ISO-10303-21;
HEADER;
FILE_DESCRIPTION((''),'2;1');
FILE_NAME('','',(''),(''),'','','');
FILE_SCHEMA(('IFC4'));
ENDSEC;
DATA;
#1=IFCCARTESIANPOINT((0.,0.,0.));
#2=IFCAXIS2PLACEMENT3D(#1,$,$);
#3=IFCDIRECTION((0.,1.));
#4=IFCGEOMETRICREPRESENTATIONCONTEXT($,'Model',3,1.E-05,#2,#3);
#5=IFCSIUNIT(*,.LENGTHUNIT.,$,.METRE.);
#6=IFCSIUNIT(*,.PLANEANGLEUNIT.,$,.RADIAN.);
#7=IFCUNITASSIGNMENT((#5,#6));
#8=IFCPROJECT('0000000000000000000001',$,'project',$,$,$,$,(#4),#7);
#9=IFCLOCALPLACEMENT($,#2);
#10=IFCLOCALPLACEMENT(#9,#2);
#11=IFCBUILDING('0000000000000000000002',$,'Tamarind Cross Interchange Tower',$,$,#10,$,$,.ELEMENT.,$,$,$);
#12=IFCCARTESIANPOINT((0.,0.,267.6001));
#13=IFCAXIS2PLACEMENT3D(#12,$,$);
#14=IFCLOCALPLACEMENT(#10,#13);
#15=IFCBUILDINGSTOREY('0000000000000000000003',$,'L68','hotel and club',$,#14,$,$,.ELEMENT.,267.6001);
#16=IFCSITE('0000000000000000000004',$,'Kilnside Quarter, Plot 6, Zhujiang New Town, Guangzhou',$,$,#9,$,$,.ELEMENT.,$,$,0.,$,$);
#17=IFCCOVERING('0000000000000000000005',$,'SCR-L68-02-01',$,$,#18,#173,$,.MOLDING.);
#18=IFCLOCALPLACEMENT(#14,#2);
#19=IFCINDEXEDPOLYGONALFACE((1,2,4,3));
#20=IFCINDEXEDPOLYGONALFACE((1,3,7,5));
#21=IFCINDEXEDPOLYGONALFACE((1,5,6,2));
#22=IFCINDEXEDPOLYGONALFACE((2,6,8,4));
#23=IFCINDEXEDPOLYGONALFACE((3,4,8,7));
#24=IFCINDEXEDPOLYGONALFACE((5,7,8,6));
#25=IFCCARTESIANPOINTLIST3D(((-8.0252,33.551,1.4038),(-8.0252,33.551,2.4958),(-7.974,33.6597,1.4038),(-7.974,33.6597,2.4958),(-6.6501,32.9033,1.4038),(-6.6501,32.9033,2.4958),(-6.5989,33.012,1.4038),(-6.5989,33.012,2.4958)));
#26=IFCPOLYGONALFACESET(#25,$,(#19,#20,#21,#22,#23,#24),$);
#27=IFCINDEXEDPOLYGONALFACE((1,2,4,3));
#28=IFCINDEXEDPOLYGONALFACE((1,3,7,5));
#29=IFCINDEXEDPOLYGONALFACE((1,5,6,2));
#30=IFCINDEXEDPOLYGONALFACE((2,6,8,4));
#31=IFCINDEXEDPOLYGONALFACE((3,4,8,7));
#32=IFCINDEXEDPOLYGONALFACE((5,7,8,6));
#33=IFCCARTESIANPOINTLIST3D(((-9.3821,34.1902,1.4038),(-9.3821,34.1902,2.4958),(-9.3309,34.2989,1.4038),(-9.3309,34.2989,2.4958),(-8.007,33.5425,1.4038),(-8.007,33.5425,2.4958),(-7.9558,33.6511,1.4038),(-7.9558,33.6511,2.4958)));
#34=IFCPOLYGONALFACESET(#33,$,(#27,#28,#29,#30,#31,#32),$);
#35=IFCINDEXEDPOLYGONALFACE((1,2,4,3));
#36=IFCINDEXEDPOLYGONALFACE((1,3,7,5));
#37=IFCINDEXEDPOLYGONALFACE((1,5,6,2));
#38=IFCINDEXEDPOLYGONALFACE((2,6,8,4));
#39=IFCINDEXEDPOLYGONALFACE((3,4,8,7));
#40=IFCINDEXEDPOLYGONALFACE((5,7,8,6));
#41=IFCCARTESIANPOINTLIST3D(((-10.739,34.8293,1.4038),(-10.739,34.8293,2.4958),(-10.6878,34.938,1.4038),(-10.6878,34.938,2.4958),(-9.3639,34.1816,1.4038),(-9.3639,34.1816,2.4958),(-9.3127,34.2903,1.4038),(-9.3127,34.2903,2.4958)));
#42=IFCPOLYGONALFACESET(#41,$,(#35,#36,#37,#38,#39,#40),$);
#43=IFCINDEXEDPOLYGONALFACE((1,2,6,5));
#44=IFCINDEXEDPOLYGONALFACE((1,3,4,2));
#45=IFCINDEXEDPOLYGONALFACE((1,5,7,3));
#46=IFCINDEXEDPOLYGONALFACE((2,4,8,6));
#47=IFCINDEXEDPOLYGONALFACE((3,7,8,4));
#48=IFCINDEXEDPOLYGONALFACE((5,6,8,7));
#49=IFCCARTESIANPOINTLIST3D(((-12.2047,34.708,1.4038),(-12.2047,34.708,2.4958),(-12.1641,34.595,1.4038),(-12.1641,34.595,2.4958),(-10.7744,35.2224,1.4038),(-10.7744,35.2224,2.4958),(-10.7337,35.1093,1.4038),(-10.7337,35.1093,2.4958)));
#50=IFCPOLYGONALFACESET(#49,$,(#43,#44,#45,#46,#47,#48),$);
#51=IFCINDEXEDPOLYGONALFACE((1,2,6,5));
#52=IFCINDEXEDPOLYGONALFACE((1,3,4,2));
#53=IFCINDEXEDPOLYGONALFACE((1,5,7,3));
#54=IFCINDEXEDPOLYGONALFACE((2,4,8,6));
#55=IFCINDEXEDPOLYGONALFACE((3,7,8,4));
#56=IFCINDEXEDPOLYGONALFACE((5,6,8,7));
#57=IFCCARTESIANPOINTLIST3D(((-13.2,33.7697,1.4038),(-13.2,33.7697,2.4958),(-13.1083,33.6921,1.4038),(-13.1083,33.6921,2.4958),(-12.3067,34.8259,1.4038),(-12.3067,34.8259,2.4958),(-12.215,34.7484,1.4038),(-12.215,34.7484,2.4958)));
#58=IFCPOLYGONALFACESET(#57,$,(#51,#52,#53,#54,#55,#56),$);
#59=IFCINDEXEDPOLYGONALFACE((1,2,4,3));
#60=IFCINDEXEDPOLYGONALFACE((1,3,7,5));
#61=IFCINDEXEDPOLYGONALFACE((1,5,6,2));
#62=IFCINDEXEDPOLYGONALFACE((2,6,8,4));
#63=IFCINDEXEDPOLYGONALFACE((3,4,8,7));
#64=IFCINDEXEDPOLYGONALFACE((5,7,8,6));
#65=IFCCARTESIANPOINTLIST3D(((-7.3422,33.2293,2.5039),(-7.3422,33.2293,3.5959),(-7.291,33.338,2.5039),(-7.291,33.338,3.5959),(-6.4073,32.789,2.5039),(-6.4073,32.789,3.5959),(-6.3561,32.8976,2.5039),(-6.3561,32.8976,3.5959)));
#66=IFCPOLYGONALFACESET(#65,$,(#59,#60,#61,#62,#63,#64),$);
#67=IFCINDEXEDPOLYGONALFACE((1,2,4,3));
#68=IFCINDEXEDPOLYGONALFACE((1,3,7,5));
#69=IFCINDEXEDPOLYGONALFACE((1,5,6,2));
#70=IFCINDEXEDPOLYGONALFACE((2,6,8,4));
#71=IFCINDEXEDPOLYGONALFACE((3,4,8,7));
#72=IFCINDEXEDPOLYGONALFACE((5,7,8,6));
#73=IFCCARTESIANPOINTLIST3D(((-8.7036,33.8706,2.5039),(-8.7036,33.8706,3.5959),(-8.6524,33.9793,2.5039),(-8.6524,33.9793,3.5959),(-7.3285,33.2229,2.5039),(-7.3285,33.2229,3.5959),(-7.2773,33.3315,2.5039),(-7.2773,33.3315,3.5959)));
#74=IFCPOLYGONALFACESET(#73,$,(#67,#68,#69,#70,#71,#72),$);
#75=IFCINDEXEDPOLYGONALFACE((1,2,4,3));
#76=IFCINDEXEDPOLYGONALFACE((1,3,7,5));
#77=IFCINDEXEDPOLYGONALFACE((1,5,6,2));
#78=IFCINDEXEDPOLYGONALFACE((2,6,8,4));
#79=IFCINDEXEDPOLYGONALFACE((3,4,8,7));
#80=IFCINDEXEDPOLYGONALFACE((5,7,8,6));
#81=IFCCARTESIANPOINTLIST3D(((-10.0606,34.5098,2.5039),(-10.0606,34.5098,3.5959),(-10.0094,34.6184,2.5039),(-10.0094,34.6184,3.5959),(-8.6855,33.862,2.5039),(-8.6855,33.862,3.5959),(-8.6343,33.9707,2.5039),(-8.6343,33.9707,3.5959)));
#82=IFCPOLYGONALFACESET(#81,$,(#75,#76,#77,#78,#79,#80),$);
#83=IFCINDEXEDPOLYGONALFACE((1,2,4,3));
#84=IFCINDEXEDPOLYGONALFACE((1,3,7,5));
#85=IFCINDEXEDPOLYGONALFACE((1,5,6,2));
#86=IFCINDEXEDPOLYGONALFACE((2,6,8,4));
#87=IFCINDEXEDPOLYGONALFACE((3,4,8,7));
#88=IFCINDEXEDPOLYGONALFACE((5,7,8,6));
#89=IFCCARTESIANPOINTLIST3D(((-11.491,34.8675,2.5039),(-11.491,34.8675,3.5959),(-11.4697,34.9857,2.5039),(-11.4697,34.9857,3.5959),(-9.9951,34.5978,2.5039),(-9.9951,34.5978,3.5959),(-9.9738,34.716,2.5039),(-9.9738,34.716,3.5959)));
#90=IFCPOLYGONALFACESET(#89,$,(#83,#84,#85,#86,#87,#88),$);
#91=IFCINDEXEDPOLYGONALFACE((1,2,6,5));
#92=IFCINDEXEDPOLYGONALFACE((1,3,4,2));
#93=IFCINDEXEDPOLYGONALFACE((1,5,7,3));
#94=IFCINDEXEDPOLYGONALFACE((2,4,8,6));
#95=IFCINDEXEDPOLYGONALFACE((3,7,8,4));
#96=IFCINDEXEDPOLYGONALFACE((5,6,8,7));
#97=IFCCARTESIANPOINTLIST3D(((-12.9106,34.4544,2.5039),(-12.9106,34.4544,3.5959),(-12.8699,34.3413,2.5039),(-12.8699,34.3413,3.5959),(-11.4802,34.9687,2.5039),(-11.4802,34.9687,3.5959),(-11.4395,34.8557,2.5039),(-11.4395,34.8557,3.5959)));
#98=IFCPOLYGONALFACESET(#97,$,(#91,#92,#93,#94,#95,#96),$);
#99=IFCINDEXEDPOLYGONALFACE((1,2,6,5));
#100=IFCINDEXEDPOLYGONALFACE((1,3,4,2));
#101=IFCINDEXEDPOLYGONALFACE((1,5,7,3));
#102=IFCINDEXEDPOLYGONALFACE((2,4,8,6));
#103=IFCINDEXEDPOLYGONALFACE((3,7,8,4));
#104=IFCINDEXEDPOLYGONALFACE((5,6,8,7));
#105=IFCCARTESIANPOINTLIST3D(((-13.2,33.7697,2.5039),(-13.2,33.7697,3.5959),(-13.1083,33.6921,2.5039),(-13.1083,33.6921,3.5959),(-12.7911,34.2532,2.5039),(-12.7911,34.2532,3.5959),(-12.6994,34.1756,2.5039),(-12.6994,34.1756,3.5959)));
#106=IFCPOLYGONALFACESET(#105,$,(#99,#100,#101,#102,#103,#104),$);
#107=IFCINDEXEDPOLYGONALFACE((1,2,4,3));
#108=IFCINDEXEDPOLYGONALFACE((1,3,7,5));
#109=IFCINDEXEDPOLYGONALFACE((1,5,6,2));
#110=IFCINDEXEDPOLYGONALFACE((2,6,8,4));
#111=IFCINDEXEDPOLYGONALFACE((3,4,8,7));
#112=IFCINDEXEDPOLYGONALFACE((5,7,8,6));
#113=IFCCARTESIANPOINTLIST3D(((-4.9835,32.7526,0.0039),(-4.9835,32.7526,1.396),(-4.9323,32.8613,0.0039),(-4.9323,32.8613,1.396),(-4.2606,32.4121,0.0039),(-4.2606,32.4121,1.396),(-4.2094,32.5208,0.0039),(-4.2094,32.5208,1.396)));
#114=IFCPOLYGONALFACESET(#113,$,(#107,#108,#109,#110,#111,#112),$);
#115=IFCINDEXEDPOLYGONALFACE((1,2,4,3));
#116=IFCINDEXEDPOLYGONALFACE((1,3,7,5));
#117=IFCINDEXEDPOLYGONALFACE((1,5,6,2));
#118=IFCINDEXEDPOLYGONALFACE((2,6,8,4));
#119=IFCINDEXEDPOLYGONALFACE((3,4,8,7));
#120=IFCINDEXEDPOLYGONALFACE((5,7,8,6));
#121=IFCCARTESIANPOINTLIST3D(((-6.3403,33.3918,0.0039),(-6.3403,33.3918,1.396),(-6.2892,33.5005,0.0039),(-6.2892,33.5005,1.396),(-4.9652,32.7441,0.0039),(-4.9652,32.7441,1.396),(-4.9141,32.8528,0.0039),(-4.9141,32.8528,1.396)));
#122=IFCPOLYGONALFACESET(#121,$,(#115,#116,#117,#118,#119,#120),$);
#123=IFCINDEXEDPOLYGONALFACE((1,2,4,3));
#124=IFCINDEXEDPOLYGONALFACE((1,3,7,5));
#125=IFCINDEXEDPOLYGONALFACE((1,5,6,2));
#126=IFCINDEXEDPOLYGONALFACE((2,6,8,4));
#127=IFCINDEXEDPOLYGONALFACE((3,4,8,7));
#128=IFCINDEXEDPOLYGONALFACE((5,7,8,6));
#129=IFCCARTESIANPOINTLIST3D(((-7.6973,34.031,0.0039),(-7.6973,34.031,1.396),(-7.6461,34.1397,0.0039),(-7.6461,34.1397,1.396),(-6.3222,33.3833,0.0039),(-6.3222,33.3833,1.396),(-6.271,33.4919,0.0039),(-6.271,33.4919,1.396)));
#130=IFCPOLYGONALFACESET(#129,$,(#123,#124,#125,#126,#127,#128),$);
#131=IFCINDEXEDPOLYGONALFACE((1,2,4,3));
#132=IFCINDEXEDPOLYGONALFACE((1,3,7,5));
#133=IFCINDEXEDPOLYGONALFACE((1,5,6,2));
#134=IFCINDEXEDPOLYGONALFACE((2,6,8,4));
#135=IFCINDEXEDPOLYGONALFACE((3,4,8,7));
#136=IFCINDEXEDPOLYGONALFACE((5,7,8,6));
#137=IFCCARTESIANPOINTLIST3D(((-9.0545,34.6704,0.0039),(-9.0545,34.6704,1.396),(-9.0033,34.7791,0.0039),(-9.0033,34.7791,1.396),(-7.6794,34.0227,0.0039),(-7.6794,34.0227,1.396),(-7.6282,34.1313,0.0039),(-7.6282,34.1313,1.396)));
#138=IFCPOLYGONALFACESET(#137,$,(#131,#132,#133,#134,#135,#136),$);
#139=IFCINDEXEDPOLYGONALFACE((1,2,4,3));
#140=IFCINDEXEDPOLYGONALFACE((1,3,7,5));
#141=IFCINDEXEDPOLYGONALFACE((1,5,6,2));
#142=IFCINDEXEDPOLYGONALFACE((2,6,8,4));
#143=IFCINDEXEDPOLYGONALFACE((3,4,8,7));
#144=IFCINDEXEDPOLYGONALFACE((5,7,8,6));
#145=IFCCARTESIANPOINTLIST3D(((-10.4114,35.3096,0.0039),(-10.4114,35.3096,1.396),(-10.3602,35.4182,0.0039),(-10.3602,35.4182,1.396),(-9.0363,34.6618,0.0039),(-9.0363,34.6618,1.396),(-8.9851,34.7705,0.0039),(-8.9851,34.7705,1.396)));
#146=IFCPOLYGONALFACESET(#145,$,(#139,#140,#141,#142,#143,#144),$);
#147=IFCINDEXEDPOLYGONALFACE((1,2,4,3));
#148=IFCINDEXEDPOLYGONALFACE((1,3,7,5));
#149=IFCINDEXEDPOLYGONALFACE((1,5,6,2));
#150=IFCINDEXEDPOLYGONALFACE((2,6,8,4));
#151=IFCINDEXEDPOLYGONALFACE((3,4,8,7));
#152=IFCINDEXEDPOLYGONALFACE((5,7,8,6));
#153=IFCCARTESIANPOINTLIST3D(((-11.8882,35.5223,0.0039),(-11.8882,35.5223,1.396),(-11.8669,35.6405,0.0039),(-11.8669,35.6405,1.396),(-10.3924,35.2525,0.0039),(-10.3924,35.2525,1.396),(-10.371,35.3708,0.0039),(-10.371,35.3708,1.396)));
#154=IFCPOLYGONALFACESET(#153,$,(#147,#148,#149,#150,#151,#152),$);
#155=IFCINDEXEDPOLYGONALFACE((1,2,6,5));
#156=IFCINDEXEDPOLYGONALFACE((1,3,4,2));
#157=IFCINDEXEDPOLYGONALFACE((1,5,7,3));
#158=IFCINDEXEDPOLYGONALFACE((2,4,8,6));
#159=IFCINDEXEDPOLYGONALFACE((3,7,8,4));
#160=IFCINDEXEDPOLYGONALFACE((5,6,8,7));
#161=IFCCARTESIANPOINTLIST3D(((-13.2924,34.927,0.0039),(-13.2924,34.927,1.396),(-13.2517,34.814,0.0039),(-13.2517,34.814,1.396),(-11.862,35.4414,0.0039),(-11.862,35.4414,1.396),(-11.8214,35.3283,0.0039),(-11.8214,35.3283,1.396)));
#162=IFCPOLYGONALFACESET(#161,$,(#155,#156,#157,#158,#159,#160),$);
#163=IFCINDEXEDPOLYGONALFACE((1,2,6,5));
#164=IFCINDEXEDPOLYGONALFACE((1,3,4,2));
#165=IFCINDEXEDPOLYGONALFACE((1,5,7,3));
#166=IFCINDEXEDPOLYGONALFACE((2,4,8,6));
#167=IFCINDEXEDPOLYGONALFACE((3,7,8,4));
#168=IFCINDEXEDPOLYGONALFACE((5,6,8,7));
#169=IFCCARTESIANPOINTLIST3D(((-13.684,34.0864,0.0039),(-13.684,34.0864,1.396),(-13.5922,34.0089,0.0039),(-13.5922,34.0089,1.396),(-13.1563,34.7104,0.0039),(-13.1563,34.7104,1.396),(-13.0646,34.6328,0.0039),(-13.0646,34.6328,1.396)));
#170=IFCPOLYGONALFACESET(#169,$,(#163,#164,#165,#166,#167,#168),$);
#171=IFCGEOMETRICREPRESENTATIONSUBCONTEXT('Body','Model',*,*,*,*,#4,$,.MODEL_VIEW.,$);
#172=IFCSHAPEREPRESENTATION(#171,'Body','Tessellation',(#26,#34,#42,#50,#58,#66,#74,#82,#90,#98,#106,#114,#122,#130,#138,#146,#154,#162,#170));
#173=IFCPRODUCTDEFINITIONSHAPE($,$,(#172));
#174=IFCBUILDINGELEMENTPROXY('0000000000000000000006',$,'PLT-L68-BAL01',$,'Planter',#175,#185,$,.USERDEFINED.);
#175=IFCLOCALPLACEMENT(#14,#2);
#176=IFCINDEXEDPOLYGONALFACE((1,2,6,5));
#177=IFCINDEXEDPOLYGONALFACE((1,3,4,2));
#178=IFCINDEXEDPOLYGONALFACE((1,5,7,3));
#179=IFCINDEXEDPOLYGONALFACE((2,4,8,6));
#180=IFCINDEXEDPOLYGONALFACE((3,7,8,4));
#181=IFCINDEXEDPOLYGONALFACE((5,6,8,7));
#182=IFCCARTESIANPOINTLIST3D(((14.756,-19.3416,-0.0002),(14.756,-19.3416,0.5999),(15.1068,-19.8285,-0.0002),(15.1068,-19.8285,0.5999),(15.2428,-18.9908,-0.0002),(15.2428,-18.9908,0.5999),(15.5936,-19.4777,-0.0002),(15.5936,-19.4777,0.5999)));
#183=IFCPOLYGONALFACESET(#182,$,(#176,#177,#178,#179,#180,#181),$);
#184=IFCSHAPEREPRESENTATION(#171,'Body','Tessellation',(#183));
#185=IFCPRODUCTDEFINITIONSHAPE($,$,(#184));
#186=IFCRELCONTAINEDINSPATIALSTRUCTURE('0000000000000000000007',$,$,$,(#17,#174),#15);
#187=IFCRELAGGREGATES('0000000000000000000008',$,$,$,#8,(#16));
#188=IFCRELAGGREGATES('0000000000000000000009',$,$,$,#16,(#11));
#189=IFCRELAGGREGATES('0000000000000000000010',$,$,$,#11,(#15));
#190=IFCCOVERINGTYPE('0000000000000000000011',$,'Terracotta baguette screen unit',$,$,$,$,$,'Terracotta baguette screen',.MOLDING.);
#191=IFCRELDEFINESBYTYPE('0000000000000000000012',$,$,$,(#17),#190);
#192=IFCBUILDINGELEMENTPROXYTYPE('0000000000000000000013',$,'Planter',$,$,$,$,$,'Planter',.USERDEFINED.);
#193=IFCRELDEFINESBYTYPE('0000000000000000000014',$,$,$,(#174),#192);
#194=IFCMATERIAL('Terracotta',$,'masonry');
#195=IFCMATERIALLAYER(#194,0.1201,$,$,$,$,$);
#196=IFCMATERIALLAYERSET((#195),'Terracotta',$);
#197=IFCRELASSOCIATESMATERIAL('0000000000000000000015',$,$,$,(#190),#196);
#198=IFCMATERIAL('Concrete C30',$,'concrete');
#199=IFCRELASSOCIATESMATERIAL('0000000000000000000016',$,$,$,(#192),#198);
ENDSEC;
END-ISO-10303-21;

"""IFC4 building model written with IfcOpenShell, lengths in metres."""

from ifc_helpers import new_model, si_unit, direction, frame, origin, origin_2d, place, context, subcontext, project, spatial, rectangle, extrude, material, layer, layer_set, type_object, element, save


model = new_model("IFC4")

# Units and contexts
model_context = context("Model", 3, precision=1e-05, world=origin(), true_north=direction((0.0, 1.0)))
body_context = subcontext(model_context, "Body", "Model", "MODEL_VIEW")
ifc_project = project(units=[si_unit("LENGTHUNIT", "METRE"), si_unit("PLANEANGLEUNIT", "RADIAN")], contexts=[model_context])

# Site, building, storey
site_placement = place(None, origin())
site = spatial("IfcSite", under=ifc_project, at=site_placement, Name="Kilnside Quarter, Plot 6, Zhujiang New Town, Guangzhou", CompositionType="ELEMENT", RefElevation=0.0)
building_placement = place(site_placement, origin())
building = spatial("IfcBuilding", under=site, at=building_placement, Name="Tamarind Cross Interchange Tower", CompositionType="ELEMENT")
storey_placement = place(building_placement, frame((0.0, 0.0, 267.6001)))
storey = spatial("IfcBuildingStorey", under=building, at=storey_placement, Name="L68", Description="hotel and club", CompositionType="ELEMENT", Elevation=267.6001)

# Covering
ifc_material_1 = material(Name="Terracotta", Category="masonry")
ifc_layer_1 = layer(ifc_material_1, 0.1201)
ifc_layer_set_1 = layer_set([ifc_layer_1], Name="Terracotta")
covering_type = type_object("IfcCoveringType", Name="Terracotta baguette screen unit", ElementType="Terracotta baguette screen", PredefinedType="MOLDING", material=ifc_layer_set_1)
covering_1_placement = place(storey_placement, origin())
element("IfcCovering", 1, at=covering_1_placement, inside=storey, type_object=covering_type, Name="SCR-L68-02-01", PredefinedType="MOLDING", context=body_context, shape_type="SweptSolid", body=[
    extrude(rectangle(XDim=1.52, YDim=0.1201, at=origin_2d()), frame((-7.312, 33.2815, 1.4038), z_axis=(0.0, 0.0, 1.0), x_axis=(-0.904661, 0.426133, 0.0)), (0.0, 0.0, 1.0), 1.092),
    extrude(rectangle(XDim=1.52, YDim=0.1201, at=origin_2d()), frame((-8.6689, 33.9207, 1.4038), z_axis=(0.0, 0.0, 1.0), x_axis=(-0.904661, 0.426133, 0.0)), (0.0, 0.0, 1.0), 1.092),
    extrude(rectangle(XDim=1.52, YDim=0.1201, at=origin_2d()), frame((-10.0259, 34.5598, 1.4038), z_axis=(0.0, 0.0, 1.0), x_axis=(-0.904661, 0.426133, 0.0)), (0.0, 0.0, 1.0), 1.092),
    extrude(rectangle(XDim=1.52, YDim=0.1201, at=origin_2d()), frame((-11.4692, 34.9087, 1.4038), z_axis=(0.0, 0.0, 1.0), x_axis=(-0.941013, -0.33837, 0.0)), (0.0, 0.0, 1.0), 1.092),
    extrude(rectangle(XDim=1.3833, YDim=0.1201, at=origin_2d()), frame((-12.7075, 34.259, 1.4038), z_axis=(0.0, 0.0, 1.0), x_axis=(-0.645756, -0.763544, 0.0)), (0.0, 0.0, 1.0), 1.092),
    extrude(rectangle(XDim=1.0334, YDim=0.1201, at=origin_2d()), frame((-6.8491, 33.0635, 2.5039), z_axis=(0.0, 0.0, 1.0), x_axis=(-0.904661, 0.426133, 0.0)), (0.0, 0.0, 1.0), 1.092),
    extrude(rectangle(XDim=1.52, YDim=0.1201, at=origin_2d()), frame((-7.9905, 33.6011, 2.5039), z_axis=(0.0, 0.0, 1.0), x_axis=(-0.904661, 0.426133, 0.0)), (0.0, 0.0, 1.0), 1.092),
    extrude(rectangle(XDim=1.52, YDim=0.1201, at=origin_2d()), frame((-9.3474, 34.2402, 2.5039), z_axis=(0.0, 0.0, 1.0), x_axis=(-0.904661, 0.426133, 0.0)), (0.0, 0.0, 1.0), 1.092),
    extrude(rectangle(XDim=1.52, YDim=0.1201, at=origin_2d()), frame((-10.7324, 34.7917, 2.5039), z_axis=(0.0, 0.0, 1.0), x_axis=(-0.984126, 0.17747, 0.0)), (0.0, 0.0, 1.0), 1.092),
    extrude(rectangle(XDim=1.52, YDim=0.1201, at=origin_2d()), frame((-12.175, 34.655, 2.5039), z_axis=(0.0, 0.0, 1.0), x_axis=(-0.941013, -0.33837, 0.0)), (0.0, 0.0, 1.0), 1.092),
    extrude(rectangle(XDim=0.6333, YDim=0.1201, at=origin_2d()), frame((-12.9497, 33.9727, 2.5039), z_axis=(0.0, 0.0, 1.0), x_axis=(-0.645756, -0.763544, 0.0)), (0.0, 0.0, 1.0), 1.092),
    extrude(rectangle(XDim=0.7991, YDim=0.1201, at=origin_2d()), frame((-4.5964, 32.6367, 0.0039), z_axis=(0.0, 0.0, 1.0), x_axis=(-0.904661, 0.426133, 0.0)), (0.0, 0.0, 1.0), 1.3921),
    extrude(rectangle(XDim=1.52, YDim=0.1201, at=origin_2d()), frame((-5.6272, 33.1223, 0.0039), z_axis=(0.0, 0.0, 1.0), x_axis=(-0.904661, 0.426133, 0.0)), (0.0, 0.0, 1.0), 1.3921),
    extrude(rectangle(XDim=1.52, YDim=0.1201, at=origin_2d()), frame((-6.9841, 33.7615, 0.0039), z_axis=(0.0, 0.0, 1.0), x_axis=(-0.904661, 0.426133, 0.0)), (0.0, 0.0, 1.0), 1.3921),
    extrude(rectangle(XDim=1.52, YDim=0.1201, at=origin_2d()), frame((-8.3413, 34.4009, 0.0039), z_axis=(0.0, 0.0, 1.0), x_axis=(-0.904661, 0.426133, 0.0)), (0.0, 0.0, 1.0), 1.3921),
    extrude(rectangle(XDim=1.52, YDim=0.1201, at=origin_2d()), frame((-9.6982, 35.04, 0.0039), z_axis=(0.0, 0.0, 1.0), x_axis=(-0.904661, 0.426133, 0.0)), (0.0, 0.0, 1.0), 1.3921),
    extrude(rectangle(XDim=1.52, YDim=0.1201, at=origin_2d()), frame((-11.1296, 35.4465, 0.0039), z_axis=(0.0, 0.0, 1.0), x_axis=(-0.984126, 0.17747, 0.0)), (0.0, 0.0, 1.0), 1.3921),
    extrude(rectangle(XDim=1.52, YDim=0.1201, at=origin_2d()), frame((-12.5569, 35.1277, 0.0039), z_axis=(0.0, 0.0, 1.0), x_axis=(-0.941013, -0.33837, 0.0)), (0.0, 0.0, 1.0), 1.3921),
    extrude(rectangle(XDim=0.8171, YDim=0.1201, at=origin_2d()), frame((-13.3743, 34.3596, 0.0039), z_axis=(0.0, 0.0, 1.0), x_axis=(-0.645756, -0.763544, 0.0)), (0.0, 0.0, 1.0), 1.3921),
])

# Building element proxy
ifc_material_2 = material(Name="Concrete C30", Category="concrete")
building_element_proxy_type = type_object("IfcBuildingElementProxyType", Name="Planter", ElementType="Planter", PredefinedType="USERDEFINED", material=ifc_material_2)
proxy_placement = place(storey_placement, origin())
element("IfcBuildingElementProxy", 2, at=proxy_placement, inside=storey, type_object=building_element_proxy_type, Name="PLT-L68-BAL01", ObjectType="Planter", PredefinedType="USERDEFINED", context=body_context, shape_type="SweptSolid", body=[
    extrude(rectangle(XDim=0.6001, YDim=0.6001, at=origin_2d()), frame((15.1748, -19.4097, -0.0002), z_axis=(0.0, 0.0, 1.0), x_axis=(0.81134, 0.584574, 0.0)), (0.0, 0.0, 1.0), 0.6001),
])

save(model, "model.ifc")
